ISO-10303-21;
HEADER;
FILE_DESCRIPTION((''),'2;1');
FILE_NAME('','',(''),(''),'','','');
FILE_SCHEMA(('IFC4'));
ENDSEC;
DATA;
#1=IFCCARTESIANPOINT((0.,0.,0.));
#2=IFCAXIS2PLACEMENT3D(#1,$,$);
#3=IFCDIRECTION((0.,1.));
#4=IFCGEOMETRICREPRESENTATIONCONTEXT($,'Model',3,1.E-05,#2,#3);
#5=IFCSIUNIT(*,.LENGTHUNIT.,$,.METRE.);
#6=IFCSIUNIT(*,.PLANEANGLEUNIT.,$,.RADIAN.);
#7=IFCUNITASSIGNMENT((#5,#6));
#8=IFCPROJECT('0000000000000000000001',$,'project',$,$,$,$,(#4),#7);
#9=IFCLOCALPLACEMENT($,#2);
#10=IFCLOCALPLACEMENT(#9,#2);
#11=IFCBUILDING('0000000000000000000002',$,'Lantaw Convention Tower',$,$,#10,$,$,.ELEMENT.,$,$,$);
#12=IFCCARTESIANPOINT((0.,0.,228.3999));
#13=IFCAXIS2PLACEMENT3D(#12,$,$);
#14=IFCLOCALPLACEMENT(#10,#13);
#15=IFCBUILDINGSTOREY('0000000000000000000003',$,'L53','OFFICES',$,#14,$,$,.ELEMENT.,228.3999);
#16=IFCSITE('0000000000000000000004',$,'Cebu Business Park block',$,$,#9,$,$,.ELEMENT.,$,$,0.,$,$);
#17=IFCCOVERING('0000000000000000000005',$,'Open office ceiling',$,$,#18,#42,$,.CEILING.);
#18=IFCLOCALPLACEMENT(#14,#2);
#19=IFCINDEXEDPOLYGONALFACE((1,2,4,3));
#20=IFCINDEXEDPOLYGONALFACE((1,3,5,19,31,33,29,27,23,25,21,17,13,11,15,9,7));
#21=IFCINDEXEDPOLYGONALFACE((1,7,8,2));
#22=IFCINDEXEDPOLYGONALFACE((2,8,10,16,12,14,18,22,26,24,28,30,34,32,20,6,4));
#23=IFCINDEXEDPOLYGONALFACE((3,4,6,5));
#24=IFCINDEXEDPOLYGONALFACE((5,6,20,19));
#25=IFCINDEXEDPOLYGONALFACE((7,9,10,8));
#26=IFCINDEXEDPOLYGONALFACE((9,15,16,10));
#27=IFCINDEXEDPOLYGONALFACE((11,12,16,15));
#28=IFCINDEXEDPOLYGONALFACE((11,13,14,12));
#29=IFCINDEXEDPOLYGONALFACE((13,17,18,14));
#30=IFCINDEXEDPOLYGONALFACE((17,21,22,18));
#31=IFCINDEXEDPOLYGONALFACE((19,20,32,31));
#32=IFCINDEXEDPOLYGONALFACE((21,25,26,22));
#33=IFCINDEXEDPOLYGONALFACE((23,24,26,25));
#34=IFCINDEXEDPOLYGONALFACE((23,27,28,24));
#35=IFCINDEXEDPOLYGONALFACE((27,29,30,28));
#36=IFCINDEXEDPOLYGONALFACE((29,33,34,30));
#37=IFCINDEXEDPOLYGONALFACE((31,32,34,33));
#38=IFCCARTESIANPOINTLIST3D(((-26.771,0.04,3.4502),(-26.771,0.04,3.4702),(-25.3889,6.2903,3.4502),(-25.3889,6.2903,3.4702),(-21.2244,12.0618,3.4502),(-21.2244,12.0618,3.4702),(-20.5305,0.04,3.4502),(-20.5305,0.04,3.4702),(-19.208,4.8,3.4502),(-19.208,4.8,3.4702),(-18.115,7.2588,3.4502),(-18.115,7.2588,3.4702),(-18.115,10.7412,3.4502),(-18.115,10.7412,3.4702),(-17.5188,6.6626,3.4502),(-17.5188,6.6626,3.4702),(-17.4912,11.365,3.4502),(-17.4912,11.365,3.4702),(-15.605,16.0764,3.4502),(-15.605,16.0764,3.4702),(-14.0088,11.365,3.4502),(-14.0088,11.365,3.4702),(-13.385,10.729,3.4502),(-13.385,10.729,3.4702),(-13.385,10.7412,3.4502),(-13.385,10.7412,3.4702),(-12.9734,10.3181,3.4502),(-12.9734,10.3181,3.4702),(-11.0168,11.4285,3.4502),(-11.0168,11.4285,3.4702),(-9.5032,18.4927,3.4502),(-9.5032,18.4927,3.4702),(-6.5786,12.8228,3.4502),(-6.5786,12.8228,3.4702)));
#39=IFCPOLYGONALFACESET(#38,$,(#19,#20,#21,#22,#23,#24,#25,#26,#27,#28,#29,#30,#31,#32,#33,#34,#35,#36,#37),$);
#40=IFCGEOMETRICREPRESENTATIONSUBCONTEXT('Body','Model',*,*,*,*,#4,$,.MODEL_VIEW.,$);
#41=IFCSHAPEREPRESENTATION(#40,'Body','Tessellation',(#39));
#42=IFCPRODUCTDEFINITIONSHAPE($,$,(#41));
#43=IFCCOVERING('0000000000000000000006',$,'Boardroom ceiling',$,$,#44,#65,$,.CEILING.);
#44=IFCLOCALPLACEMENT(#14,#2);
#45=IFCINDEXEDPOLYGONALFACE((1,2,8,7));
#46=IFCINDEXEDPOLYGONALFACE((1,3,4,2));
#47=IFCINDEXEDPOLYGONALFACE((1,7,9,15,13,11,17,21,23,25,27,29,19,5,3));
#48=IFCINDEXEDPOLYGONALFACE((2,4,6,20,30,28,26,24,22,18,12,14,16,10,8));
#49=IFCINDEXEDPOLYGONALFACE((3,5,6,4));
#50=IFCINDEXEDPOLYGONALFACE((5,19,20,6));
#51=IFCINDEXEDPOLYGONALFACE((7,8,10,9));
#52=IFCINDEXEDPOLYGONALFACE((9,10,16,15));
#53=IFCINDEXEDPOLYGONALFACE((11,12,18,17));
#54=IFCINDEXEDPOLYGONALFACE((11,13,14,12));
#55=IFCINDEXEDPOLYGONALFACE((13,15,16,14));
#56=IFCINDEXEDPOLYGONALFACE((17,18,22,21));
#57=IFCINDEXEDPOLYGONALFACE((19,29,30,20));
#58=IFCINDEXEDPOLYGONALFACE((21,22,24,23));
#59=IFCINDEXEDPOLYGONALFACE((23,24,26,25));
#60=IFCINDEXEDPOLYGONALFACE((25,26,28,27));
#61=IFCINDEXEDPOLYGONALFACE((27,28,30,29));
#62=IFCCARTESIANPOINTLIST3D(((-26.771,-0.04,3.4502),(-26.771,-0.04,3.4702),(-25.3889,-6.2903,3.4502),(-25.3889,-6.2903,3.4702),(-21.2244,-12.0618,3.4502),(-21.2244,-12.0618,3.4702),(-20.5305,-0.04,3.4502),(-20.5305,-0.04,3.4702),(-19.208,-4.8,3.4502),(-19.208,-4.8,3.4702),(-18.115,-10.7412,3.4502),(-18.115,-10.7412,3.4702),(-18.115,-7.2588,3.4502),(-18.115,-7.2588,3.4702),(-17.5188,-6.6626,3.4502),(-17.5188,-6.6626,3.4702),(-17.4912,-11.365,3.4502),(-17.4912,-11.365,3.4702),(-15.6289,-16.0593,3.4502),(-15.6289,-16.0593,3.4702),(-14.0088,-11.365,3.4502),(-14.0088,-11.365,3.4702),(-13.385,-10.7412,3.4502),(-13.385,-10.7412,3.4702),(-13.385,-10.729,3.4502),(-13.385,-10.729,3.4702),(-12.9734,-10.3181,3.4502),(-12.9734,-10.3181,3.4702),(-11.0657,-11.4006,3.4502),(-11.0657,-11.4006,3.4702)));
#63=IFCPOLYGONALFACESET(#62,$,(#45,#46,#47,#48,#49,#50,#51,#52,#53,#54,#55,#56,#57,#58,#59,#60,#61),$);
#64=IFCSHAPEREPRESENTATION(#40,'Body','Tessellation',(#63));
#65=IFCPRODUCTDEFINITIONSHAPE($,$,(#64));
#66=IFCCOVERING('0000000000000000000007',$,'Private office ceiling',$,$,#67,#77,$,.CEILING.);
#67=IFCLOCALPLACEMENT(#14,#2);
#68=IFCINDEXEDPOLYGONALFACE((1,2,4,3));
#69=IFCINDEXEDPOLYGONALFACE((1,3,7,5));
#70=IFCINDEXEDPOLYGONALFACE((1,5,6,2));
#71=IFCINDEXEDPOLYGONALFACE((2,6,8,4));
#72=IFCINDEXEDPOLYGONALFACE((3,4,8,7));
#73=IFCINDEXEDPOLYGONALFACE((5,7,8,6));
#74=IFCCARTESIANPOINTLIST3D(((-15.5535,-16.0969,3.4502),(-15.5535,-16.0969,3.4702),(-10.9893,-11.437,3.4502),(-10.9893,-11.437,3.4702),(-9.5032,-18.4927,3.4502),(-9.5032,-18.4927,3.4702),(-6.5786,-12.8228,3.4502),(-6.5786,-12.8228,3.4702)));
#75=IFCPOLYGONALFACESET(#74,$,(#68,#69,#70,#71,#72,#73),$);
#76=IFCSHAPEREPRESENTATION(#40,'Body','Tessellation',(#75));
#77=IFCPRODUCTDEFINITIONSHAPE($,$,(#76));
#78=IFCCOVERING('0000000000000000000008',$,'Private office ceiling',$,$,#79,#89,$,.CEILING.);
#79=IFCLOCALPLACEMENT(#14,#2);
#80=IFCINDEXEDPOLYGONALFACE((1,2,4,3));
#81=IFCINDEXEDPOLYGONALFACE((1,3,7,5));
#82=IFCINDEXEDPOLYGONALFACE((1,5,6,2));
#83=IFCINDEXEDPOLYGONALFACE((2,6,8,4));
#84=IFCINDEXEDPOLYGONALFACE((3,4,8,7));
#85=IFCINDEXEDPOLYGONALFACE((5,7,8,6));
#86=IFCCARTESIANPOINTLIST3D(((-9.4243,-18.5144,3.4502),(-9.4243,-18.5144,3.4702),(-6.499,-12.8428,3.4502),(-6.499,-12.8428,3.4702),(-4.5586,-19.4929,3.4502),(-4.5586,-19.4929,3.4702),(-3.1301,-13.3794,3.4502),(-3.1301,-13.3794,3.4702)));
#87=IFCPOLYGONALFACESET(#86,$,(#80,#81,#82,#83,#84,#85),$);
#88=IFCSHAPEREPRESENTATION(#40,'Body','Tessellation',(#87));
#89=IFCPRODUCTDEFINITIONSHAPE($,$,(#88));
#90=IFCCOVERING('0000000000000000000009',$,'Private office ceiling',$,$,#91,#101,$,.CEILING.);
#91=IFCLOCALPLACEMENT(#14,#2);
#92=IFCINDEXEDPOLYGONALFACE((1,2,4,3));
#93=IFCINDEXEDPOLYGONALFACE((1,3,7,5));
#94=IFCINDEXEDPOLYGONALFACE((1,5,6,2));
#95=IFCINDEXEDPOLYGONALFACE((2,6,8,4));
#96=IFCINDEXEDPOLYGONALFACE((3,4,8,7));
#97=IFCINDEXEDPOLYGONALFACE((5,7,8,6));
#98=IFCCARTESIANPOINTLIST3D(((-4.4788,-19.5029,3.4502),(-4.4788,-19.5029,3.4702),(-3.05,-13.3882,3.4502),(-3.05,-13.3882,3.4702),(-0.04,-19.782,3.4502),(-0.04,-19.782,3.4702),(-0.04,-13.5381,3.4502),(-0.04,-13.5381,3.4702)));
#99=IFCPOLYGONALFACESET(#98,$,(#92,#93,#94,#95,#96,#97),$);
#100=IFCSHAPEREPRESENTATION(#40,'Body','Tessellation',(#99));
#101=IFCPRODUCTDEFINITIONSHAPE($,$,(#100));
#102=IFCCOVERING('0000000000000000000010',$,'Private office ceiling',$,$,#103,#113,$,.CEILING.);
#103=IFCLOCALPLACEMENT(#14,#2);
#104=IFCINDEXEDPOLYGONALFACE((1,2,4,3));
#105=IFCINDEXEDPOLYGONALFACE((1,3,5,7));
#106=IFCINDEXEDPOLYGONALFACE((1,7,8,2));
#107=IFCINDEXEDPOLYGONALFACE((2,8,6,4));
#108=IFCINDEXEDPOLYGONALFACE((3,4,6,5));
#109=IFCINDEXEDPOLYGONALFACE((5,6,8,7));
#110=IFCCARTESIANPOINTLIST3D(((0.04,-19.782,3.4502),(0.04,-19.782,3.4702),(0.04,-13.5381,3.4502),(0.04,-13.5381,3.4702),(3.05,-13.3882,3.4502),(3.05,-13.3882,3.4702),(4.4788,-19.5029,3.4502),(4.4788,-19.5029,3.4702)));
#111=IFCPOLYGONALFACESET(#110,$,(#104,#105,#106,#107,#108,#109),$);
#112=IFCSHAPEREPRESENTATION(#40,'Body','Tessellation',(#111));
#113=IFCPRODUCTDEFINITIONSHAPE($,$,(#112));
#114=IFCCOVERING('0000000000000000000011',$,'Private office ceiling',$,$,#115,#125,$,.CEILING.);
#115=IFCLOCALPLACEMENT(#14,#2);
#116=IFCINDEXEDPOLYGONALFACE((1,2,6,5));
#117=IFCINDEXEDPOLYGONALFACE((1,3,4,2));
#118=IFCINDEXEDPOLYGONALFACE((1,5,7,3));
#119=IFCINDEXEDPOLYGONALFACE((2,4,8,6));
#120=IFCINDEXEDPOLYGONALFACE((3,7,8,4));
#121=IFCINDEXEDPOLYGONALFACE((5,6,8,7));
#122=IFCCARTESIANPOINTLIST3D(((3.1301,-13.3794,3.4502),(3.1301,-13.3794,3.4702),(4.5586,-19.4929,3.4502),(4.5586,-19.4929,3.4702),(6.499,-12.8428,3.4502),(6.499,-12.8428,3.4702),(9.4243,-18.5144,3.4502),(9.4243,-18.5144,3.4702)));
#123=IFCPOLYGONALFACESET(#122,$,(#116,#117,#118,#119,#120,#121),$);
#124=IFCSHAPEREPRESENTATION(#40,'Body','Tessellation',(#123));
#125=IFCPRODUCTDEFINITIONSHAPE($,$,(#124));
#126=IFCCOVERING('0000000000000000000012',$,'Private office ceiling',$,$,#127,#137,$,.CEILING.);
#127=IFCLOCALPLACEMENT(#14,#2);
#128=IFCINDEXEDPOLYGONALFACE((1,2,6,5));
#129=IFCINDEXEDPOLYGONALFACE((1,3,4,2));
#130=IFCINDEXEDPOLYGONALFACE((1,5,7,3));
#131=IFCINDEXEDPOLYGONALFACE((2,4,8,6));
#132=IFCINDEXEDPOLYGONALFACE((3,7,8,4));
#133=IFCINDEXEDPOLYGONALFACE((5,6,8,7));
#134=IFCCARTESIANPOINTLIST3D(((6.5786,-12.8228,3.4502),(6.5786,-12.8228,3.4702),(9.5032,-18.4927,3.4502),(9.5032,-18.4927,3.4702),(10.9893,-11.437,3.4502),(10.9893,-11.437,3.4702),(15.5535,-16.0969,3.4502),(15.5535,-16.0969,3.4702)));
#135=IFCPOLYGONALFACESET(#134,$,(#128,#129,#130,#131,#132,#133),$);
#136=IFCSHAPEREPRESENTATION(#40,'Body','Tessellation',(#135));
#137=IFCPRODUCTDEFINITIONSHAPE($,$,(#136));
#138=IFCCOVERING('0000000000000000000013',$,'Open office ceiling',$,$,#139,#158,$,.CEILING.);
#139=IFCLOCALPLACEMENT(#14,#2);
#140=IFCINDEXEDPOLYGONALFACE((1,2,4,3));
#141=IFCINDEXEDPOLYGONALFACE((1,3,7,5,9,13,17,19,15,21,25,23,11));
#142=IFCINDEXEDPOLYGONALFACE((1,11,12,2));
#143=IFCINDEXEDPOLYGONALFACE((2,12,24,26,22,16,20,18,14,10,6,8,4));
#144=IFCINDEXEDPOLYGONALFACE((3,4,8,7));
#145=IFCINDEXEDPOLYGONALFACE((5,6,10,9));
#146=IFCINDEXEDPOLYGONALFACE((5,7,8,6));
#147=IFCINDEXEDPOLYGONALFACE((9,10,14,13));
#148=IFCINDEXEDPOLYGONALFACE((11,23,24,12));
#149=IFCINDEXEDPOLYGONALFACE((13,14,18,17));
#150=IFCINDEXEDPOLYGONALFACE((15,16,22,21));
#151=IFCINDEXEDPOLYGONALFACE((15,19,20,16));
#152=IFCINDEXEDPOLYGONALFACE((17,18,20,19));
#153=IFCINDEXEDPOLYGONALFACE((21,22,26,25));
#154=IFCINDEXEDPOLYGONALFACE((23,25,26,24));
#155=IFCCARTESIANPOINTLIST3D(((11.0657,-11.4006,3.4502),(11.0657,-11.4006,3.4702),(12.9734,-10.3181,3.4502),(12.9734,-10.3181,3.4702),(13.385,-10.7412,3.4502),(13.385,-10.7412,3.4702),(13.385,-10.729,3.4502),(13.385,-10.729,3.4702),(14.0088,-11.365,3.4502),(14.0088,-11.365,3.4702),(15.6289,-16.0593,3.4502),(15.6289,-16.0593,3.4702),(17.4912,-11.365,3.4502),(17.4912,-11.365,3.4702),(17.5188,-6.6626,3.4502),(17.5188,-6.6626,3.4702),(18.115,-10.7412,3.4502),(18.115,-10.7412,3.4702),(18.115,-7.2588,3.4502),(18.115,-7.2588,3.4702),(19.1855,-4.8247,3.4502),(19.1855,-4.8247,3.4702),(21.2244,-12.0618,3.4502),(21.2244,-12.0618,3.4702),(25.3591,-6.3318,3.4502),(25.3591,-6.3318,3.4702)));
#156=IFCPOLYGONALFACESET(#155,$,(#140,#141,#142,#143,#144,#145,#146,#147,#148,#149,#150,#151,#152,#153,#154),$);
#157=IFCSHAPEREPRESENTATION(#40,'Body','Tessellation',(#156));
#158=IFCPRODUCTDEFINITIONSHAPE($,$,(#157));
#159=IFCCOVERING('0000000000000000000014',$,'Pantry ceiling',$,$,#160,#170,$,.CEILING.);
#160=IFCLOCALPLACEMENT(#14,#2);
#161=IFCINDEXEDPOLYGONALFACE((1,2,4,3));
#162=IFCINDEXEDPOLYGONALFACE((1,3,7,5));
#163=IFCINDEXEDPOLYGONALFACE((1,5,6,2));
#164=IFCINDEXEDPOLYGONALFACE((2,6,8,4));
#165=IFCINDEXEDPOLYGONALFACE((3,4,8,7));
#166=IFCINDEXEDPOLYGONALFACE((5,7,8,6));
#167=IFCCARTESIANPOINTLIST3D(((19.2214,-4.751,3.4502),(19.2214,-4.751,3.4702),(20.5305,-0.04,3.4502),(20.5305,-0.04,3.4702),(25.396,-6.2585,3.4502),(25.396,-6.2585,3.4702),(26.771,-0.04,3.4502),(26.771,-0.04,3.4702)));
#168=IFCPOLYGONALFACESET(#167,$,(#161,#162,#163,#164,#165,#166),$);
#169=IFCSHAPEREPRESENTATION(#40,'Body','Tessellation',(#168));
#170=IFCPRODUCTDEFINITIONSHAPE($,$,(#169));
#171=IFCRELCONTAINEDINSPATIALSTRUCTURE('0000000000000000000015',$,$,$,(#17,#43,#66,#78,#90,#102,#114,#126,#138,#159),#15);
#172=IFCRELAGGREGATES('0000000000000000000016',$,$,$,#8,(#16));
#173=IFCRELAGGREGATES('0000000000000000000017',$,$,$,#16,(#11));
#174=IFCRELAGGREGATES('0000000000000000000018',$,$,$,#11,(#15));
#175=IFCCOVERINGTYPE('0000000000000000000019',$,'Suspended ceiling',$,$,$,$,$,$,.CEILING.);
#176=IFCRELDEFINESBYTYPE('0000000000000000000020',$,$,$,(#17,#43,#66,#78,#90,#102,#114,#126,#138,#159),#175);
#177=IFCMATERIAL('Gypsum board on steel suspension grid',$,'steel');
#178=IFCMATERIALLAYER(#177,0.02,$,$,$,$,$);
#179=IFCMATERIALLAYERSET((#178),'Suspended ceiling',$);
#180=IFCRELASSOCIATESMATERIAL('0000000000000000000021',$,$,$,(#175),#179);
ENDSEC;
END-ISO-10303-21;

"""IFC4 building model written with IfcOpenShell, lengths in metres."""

from ifc_helpers import new_model, si_unit, direction, frame, origin, place, context, subcontext, project, spatial, polyline, outline, extrude, material, layer, layer_set, type_object, element, save


model = new_model("IFC4")

# Units and contexts
model_context = context("Model", 3, precision=1e-05, world=origin(), true_north=direction((0.0, 1.0)))
body_context = subcontext(model_context, "Body", "Model", "MODEL_VIEW")
ifc_project = project(units=[si_unit("LENGTHUNIT", "METRE"), si_unit("PLANEANGLEUNIT", "RADIAN")], contexts=[model_context])

# Site, building, storey
site_placement = place(None, origin())
site = spatial("IfcSite", under=ifc_project, at=site_placement, Name="Cebu Business Park block", CompositionType="ELEMENT", RefElevation=0.0)
building_placement = place(site_placement, origin())
building = spatial("IfcBuilding", under=site, at=building_placement, Name="Lantaw Convention Tower", CompositionType="ELEMENT")
storey_placement = place(building_placement, frame((0.0, 0.0, 228.3999)))
storey = spatial("IfcBuildingStorey", under=building, at=storey_placement, Name="L53", Description="OFFICES", CompositionType="ELEMENT", Elevation=228.3999)

# Coverings
ifc_material_1 = material(Name="Gypsum board on steel suspension grid", Category="steel")
ifc_layer_1 = layer(ifc_material_1, 0.02)
ifc_layer_set_1 = layer_set([ifc_layer_1], Name="Suspended ceiling")
covering_type = type_object("IfcCoveringType", Name="Suspended ceiling", PredefinedType="CEILING", material=ifc_layer_set_1)
covering_1_placement = place(storey_placement, frame((0.0, 0.0, 3.4502)))
element("IfcCovering", 1, at=covering_1_placement, inside=storey, type_object=covering_type, Name="Open office ceiling", PredefinedType="CEILING", context=body_context, shape_type="SweptSolid", body=[
    extrude(outline(polyline([(-17.5188, 6.6626), (-18.115, 7.2588), (-18.115, 10.7412), (-17.4912, 11.365), (-14.0088, 11.365), (-13.385, 10.7412), (-13.385, 10.729), (-12.9734, 10.3181), (-11.0168, 11.4285), (-6.5786, 12.8228), (-9.5032, 18.4927), (-15.605, 16.0764), (-21.2244, 12.0618), (-25.3889, 6.2903), (-26.771, 0.04), (-20.5305, 0.04), (-19.208, 4.8), (-17.5188, 6.6626)])), origin(), (0.0, 0.0, 1.0), 0.02),
])
covering_2_placement = place(storey_placement, frame((0.0, 0.0, 3.4502)))
element("IfcCovering", 2, at=covering_2_placement, inside=storey, type_object=covering_type, Name="Boardroom ceiling", PredefinedType="CEILING", context=body_context, shape_type="SweptSolid", body=[
    extrude(outline(polyline([(-17.5188, -6.6626), (-19.208, -4.8), (-20.5305, -0.04), (-26.771, -0.04), (-25.3889, -6.2903), (-21.2244, -12.0618), (-15.6289, -16.0593), (-11.0657, -11.4006), (-12.9734, -10.3181), (-13.385, -10.729), (-13.385, -10.7412), (-14.0088, -11.365), (-17.4912, -11.365), (-18.115, -10.7412), (-18.115, -7.2588), (-17.5188, -6.6626)])), origin(), (0.0, 0.0, 1.0), 0.02),
])
covering_3_placement = place(storey_placement, frame((0.0, 0.0, 3.4502)))
element("IfcCovering", 3, at=covering_3_placement, inside=storey, type_object=covering_type, Name="Private office ceiling", PredefinedType="CEILING", context=body_context, shape_type="SweptSolid", body=[
    extrude(outline(polyline([(-10.9893, -11.437), (-15.5535, -16.0969), (-9.5032, -18.4927), (-6.5786, -12.8228), (-10.9893, -11.437)])), origin(), (0.0, 0.0, 1.0), 0.02),
])
covering_4_placement = place(storey_placement, frame((0.0, 0.0, 3.4502)))
element("IfcCovering", 4, at=covering_4_placement, inside=storey, type_object=covering_type, Name="Private office ceiling", PredefinedType="CEILING", context=body_context, shape_type="SweptSolid", body=[
    extrude(outline(polyline([(-6.499, -12.8428), (-9.4243, -18.5144), (-4.5586, -19.4929), (-3.1301, -13.3794), (-6.499, -12.8428)])), origin(), (0.0, 0.0, 1.0), 0.02),
])
covering_5_placement = place(storey_placement, frame((0.0, 0.0, 3.4502)))
element("IfcCovering", 5, at=covering_5_placement, inside=storey, type_object=covering_type, Name="Private office ceiling", PredefinedType="CEILING", context=body_context, shape_type="SweptSolid", body=[
    extrude(outline(polyline([(-3.05, -13.3882), (-4.4788, -19.5029), (-0.04, -19.782), (-0.04, -13.5381), (-3.05, -13.3882)])), origin(), (0.0, 0.0, 1.0), 0.02),
])
covering_6_placement = place(storey_placement, frame((0.0, 0.0, 3.4502)))
element("IfcCovering", 6, at=covering_6_placement, inside=storey, type_object=covering_type, Name="Private office ceiling", PredefinedType="CEILING", context=body_context, shape_type="SweptSolid", body=[
    extrude(outline(polyline([(0.04, -13.5381), (0.04, -19.782), (4.4788, -19.5029), (3.05, -13.3882), (0.04, -13.5381)])), origin(), (0.0, 0.0, 1.0), 0.02),
])
covering_7_placement = place(storey_placement, frame((0.0, 0.0, 3.4502)))
element("IfcCovering", 7, at=covering_7_placement, inside=storey, type_object=covering_type, Name="Private office ceiling", PredefinedType="CEILING", context=body_context, shape_type="SweptSolid", body=[
    extrude(outline(polyline([(3.1301, -13.3794), (4.5586, -19.4929), (9.4243, -18.5144), (6.499, -12.8428), (3.1301, -13.3794)])), origin(), (0.0, 0.0, 1.0), 0.02),
])
covering_8_placement = place(storey_placement, frame((0.0, 0.0, 3.4502)))
element("IfcCovering", 8, at=covering_8_placement, inside=storey, type_object=covering_type, Name="Private office ceiling", PredefinedType="CEILING", context=body_context, shape_type="SweptSolid", body=[
    extrude(outline(polyline([(6.5786, -12.8228), (9.5032, -18.4927), (15.5535, -16.0969), (10.9893, -11.437), (6.5786, -12.8228)])), origin(), (0.0, 0.0, 1.0), 0.02),
])
covering_9_placement = place(storey_placement, frame((0.0, 0.0, 3.4502)))
element("IfcCovering", 9, at=covering_9_placement, inside=storey, type_object=covering_type, Name="Open office ceiling", PredefinedType="CEILING", context=body_context, shape_type="SweptSolid", body=[
    extrude(outline(polyline([(13.385, -10.7412), (13.385, -10.729), (12.9734, -10.3181), (11.0657, -11.4006), (15.6289, -16.0593), (21.2244, -12.0618), (25.3591, -6.3318), (19.1855, -4.8247), (17.5188, -6.6626), (18.115, -7.2588), (18.115, -10.7412), (17.4912, -11.365), (14.0088, -11.365), (13.385, -10.7412)])), origin(), (0.0, 0.0, 1.0), 0.02),
])
covering_10_placement = place(storey_placement, frame((0.0, 0.0, 3.4502)))
element("IfcCovering", 10, at=covering_10_placement, inside=storey, type_object=covering_type, Name="Pantry ceiling", PredefinedType="CEILING", context=body_context, shape_type="SweptSolid", body=[
    extrude(outline(polyline([(19.2214, -4.751), (25.396, -6.2585), (26.771, -0.04), (20.5305, -0.04), (19.2214, -4.751)])), origin(), (0.0, 0.0, 1.0), 0.02),
])

save(model, "model.ifc")
